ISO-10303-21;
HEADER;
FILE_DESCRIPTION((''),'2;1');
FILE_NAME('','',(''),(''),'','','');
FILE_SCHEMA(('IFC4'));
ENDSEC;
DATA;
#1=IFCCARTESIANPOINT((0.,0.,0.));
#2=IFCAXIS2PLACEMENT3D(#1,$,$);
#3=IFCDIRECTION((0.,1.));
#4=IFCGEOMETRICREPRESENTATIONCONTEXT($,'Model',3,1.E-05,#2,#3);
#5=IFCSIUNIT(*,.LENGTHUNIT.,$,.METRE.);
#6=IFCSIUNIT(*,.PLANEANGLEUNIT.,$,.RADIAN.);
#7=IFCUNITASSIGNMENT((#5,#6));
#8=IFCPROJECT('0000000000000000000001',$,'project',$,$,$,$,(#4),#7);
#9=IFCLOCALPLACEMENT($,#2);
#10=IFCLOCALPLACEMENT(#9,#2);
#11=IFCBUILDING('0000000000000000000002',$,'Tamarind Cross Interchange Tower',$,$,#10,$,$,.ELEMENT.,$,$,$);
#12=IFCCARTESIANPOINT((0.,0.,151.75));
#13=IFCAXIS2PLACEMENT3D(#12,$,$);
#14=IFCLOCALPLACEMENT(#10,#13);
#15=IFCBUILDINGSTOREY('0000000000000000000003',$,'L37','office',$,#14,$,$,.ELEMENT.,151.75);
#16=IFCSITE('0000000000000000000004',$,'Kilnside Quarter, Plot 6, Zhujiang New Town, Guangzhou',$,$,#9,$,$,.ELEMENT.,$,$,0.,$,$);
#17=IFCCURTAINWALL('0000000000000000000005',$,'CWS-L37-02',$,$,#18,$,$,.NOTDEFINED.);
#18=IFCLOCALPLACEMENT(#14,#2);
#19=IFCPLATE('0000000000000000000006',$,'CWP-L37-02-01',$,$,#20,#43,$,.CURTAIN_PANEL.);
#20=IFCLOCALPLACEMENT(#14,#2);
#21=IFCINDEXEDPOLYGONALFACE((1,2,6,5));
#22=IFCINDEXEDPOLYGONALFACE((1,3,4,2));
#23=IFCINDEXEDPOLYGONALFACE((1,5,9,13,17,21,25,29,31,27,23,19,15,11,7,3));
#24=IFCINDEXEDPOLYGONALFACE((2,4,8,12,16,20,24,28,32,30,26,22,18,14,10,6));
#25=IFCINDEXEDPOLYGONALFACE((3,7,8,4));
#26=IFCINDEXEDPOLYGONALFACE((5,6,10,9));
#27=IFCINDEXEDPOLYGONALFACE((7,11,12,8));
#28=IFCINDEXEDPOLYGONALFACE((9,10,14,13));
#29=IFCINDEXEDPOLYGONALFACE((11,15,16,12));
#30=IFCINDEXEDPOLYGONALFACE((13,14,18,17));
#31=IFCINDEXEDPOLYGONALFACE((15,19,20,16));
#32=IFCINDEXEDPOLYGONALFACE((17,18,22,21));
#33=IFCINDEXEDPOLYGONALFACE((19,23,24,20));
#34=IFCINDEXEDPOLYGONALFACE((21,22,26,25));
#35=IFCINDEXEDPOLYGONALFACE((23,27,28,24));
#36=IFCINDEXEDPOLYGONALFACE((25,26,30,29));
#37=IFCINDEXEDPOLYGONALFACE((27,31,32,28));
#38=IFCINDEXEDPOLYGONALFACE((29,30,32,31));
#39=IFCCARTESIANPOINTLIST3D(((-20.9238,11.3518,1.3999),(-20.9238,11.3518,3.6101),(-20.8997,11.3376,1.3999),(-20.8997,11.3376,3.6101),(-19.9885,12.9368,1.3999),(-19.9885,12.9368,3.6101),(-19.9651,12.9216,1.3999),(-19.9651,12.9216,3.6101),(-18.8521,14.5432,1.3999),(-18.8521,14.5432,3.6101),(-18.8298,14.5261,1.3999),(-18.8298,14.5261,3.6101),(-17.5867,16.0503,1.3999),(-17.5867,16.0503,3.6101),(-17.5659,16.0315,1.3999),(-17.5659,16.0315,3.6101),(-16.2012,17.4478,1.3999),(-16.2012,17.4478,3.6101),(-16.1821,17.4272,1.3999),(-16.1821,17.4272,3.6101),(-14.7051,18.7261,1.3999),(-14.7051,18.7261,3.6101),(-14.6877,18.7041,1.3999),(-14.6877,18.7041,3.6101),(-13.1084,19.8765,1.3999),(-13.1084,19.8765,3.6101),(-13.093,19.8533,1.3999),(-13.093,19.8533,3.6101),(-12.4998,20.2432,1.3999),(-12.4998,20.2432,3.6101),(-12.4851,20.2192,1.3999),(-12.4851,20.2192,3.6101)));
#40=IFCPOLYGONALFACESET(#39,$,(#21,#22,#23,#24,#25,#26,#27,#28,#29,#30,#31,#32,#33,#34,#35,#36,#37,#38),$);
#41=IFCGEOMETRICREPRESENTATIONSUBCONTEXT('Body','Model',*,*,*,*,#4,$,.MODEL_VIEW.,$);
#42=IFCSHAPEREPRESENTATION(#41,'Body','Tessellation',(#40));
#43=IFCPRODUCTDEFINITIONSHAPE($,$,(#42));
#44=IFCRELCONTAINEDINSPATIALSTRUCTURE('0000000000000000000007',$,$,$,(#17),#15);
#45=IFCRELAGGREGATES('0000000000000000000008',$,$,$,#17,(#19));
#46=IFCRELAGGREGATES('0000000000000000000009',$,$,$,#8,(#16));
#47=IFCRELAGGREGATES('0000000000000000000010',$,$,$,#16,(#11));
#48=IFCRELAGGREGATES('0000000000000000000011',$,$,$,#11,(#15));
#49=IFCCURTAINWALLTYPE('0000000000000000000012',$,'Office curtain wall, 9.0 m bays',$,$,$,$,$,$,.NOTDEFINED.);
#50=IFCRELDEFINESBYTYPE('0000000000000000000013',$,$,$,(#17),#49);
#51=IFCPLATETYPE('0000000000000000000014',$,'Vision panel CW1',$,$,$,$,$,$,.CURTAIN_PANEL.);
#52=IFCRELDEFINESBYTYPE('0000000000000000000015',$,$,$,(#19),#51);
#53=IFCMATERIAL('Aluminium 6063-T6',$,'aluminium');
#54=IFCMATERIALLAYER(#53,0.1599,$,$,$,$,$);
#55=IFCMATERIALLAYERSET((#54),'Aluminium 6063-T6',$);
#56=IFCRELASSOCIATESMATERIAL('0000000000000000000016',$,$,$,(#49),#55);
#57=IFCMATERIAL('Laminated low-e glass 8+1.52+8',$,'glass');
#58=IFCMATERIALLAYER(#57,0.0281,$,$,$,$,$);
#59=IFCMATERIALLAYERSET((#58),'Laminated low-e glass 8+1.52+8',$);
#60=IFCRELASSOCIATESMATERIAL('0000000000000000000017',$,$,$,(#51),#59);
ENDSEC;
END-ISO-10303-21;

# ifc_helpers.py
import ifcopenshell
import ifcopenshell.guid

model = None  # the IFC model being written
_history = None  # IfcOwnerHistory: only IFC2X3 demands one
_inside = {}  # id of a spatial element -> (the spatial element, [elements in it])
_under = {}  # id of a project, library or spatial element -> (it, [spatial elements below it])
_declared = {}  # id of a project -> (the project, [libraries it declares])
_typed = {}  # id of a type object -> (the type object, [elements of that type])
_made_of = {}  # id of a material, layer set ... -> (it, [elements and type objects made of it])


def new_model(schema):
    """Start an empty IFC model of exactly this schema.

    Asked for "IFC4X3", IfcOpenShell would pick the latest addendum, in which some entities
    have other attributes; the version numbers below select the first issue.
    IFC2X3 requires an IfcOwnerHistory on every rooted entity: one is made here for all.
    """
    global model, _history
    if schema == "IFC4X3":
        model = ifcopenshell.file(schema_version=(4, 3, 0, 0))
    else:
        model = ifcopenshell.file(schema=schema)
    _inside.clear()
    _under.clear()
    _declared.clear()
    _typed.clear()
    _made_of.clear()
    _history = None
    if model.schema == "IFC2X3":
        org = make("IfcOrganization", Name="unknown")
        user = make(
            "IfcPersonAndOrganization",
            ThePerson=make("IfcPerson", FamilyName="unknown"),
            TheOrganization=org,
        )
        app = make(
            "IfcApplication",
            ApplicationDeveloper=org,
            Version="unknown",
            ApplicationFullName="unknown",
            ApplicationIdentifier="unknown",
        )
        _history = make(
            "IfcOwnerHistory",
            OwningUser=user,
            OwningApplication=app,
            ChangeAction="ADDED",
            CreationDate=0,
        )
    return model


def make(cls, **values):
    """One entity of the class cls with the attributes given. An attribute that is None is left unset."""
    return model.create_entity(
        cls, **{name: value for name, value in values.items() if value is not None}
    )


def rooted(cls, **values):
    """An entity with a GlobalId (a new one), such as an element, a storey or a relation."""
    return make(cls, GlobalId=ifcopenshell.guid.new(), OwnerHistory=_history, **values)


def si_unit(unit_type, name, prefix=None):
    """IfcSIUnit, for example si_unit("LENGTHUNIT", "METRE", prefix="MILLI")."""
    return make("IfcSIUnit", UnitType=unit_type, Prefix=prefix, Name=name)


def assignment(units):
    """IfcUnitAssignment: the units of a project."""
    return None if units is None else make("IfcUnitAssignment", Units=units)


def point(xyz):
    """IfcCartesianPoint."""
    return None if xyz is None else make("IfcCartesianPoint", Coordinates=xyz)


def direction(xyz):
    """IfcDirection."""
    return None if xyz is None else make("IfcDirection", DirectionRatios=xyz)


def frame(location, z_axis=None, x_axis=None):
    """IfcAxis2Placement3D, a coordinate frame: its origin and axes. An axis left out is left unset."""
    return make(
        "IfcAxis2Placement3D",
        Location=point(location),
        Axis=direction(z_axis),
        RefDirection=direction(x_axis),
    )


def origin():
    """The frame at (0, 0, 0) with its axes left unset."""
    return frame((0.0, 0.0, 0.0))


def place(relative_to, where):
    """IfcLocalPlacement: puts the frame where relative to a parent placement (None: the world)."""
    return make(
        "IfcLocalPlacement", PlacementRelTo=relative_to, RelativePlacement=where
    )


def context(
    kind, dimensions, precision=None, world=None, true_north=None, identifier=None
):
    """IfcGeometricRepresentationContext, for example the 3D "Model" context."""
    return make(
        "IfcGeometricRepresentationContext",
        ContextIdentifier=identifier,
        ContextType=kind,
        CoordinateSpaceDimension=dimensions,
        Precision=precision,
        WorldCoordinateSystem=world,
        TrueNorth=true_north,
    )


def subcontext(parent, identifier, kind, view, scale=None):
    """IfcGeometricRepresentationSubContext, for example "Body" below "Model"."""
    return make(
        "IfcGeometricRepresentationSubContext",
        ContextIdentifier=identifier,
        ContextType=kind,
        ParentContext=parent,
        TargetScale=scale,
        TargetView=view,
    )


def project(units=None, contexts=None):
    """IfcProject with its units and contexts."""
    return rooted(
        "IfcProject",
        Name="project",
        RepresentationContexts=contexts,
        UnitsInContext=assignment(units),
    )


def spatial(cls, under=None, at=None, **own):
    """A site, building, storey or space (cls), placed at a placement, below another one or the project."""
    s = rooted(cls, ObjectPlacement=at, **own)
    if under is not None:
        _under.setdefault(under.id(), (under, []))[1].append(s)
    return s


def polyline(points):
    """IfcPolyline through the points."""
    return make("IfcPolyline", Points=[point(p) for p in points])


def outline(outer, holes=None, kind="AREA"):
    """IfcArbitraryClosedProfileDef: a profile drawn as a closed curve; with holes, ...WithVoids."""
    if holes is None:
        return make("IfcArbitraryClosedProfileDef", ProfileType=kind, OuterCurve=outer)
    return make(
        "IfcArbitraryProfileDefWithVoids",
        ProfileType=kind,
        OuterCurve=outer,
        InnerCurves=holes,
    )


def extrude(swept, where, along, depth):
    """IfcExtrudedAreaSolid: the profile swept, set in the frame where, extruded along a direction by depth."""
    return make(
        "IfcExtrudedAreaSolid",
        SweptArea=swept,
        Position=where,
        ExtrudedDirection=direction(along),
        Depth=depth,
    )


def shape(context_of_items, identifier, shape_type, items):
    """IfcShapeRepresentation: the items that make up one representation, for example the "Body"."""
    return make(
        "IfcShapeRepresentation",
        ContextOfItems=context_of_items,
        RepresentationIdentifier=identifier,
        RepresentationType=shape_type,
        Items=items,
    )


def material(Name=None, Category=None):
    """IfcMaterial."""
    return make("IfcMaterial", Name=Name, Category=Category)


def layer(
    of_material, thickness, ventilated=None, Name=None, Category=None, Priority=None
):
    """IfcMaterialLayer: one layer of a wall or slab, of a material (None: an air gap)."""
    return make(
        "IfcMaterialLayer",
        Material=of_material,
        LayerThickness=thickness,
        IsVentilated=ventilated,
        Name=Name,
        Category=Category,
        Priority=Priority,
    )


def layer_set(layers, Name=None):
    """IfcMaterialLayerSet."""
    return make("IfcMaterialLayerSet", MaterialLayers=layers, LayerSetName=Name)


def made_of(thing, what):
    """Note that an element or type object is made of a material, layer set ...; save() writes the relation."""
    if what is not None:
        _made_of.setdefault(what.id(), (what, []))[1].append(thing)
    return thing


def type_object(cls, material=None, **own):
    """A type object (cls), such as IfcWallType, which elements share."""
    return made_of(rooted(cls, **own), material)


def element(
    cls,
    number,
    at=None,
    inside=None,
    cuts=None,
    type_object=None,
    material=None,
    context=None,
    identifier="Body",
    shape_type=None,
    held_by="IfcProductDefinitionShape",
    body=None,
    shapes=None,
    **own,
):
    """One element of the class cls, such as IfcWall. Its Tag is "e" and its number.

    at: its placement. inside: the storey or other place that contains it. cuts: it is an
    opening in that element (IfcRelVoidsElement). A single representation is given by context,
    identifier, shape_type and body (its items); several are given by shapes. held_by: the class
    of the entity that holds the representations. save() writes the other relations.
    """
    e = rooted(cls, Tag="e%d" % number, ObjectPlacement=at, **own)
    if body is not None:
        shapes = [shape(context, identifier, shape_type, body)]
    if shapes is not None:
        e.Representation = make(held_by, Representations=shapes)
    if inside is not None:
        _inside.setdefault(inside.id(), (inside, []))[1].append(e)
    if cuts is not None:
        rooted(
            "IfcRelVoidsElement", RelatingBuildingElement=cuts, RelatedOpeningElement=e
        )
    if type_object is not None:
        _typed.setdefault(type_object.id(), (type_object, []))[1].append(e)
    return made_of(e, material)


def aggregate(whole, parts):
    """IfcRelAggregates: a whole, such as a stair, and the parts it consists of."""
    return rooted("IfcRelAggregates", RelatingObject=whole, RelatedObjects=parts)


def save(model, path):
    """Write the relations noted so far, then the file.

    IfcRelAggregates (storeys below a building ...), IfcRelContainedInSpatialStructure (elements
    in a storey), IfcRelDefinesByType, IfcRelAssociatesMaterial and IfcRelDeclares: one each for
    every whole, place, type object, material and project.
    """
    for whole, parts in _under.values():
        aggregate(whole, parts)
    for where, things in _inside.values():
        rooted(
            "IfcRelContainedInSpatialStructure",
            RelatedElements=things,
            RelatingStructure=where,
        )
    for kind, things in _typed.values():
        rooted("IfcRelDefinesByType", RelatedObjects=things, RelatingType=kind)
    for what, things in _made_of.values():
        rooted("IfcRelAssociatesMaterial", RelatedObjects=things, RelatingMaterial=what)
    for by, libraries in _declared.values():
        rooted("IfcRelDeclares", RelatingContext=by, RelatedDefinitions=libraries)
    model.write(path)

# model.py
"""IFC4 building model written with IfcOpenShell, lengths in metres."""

from ifc_helpers import new_model, si_unit, direction, frame, origin, place, context, subcontext, project, spatial, polyline, outline, extrude, material, layer, layer_set, type_object, element, aggregate, save


model = new_model("IFC4")

# Units and contexts
model_context = context("Model", 3, precision=1e-05, world=origin(), true_north=direction((0.0, 1.0)))
body_context = subcontext(model_context, "Body", "Model", "MODEL_VIEW")
ifc_project = project(units=[si_unit("LENGTHUNIT", "METRE"), si_unit("PLANEANGLEUNIT", "RADIAN")], contexts=[model_context])

# Site, building, storey
site_placement = place(None, origin())
site = spatial("IfcSite", under=ifc_project, at=site_placement, Name="Kilnside Quarter, Plot 6, Zhujiang New Town, Guangzhou", CompositionType="ELEMENT", RefElevation=0.0)
building_placement = place(site_placement, origin())
building = spatial("IfcBuilding", under=site, at=building_placement, Name="Tamarind Cross Interchange Tower", CompositionType="ELEMENT")
storey_placement = place(building_placement, frame((0.0, 0.0, 151.75)))
storey = spatial("IfcBuildingStorey", under=building, at=storey_placement, Name="L37", Description="office", CompositionType="ELEMENT", Elevation=151.75)

# Shared definitions
ifc_material_1 = material(Name="Aluminium 6063-T6", Category="aluminium")
ifc_layer_1 = layer(ifc_material_1, 0.1599)
ifc_layer_set_1 = layer_set([ifc_layer_1], Name="Aluminium 6063-T6")
curtain_wall_type = type_object("IfcCurtainWallType", Name="Office curtain wall, 9.0 m bays", PredefinedType="NOTDEFINED", material=ifc_layer_set_1)

# Shared definitions
ifc_material_2 = material(Name="Laminated low-e glass 8+1.52+8", Category="glass")
ifc_layer_2 = layer(ifc_material_2, 0.0281)
ifc_layer_set_2 = layer_set([ifc_layer_2], Name="Laminated low-e glass 8+1.52+8")
plate_type = type_object("IfcPlateType", Name="Vision panel CW1", PredefinedType="CURTAIN_PANEL", material=ifc_layer_set_2)

# Curtain wall, plate
curtain_wall_1_placement = place(storey_placement, origin())
curtain_wall_1 = element("IfcCurtainWall", 1, at=curtain_wall_1_placement, inside=storey, type_object=curtain_wall_type, Name="CWS-L37-02", PredefinedType="NOTDEFINED")
plate_1_placement = place(storey_placement, frame((0.0, 0.0, 1.3999)))
plate_1 = element("IfcPlate", 2, at=plate_1_placement, type_object=plate_type, Name="CWP-L37-02-01", PredefinedType="CURTAIN_PANEL", context=body_context, shape_type="SweptSolid", body=[
    extrude(outline(polyline([(-12.4851, 20.2192), (-13.093, 19.8533), (-14.6877, 18.7041), (-16.1821, 17.4272), (-17.5659, 16.0315), (-18.8298, 14.5261), (-19.9651, 12.9216), (-20.8997, 11.3376), (-20.9238, 11.3518), (-19.9885, 12.9368), (-18.8521, 14.5432), (-17.5867, 16.0503), (-16.2012, 17.4478), (-14.7051, 18.7261), (-13.1084, 19.8765), (-12.4998, 20.2432), (-12.4851, 20.2192)])), origin(), (0.0, 0.0, 1.0), 2.2102),
])
aggregate(curtain_wall_1, [plate_1])

save(model, "model.ifc")
